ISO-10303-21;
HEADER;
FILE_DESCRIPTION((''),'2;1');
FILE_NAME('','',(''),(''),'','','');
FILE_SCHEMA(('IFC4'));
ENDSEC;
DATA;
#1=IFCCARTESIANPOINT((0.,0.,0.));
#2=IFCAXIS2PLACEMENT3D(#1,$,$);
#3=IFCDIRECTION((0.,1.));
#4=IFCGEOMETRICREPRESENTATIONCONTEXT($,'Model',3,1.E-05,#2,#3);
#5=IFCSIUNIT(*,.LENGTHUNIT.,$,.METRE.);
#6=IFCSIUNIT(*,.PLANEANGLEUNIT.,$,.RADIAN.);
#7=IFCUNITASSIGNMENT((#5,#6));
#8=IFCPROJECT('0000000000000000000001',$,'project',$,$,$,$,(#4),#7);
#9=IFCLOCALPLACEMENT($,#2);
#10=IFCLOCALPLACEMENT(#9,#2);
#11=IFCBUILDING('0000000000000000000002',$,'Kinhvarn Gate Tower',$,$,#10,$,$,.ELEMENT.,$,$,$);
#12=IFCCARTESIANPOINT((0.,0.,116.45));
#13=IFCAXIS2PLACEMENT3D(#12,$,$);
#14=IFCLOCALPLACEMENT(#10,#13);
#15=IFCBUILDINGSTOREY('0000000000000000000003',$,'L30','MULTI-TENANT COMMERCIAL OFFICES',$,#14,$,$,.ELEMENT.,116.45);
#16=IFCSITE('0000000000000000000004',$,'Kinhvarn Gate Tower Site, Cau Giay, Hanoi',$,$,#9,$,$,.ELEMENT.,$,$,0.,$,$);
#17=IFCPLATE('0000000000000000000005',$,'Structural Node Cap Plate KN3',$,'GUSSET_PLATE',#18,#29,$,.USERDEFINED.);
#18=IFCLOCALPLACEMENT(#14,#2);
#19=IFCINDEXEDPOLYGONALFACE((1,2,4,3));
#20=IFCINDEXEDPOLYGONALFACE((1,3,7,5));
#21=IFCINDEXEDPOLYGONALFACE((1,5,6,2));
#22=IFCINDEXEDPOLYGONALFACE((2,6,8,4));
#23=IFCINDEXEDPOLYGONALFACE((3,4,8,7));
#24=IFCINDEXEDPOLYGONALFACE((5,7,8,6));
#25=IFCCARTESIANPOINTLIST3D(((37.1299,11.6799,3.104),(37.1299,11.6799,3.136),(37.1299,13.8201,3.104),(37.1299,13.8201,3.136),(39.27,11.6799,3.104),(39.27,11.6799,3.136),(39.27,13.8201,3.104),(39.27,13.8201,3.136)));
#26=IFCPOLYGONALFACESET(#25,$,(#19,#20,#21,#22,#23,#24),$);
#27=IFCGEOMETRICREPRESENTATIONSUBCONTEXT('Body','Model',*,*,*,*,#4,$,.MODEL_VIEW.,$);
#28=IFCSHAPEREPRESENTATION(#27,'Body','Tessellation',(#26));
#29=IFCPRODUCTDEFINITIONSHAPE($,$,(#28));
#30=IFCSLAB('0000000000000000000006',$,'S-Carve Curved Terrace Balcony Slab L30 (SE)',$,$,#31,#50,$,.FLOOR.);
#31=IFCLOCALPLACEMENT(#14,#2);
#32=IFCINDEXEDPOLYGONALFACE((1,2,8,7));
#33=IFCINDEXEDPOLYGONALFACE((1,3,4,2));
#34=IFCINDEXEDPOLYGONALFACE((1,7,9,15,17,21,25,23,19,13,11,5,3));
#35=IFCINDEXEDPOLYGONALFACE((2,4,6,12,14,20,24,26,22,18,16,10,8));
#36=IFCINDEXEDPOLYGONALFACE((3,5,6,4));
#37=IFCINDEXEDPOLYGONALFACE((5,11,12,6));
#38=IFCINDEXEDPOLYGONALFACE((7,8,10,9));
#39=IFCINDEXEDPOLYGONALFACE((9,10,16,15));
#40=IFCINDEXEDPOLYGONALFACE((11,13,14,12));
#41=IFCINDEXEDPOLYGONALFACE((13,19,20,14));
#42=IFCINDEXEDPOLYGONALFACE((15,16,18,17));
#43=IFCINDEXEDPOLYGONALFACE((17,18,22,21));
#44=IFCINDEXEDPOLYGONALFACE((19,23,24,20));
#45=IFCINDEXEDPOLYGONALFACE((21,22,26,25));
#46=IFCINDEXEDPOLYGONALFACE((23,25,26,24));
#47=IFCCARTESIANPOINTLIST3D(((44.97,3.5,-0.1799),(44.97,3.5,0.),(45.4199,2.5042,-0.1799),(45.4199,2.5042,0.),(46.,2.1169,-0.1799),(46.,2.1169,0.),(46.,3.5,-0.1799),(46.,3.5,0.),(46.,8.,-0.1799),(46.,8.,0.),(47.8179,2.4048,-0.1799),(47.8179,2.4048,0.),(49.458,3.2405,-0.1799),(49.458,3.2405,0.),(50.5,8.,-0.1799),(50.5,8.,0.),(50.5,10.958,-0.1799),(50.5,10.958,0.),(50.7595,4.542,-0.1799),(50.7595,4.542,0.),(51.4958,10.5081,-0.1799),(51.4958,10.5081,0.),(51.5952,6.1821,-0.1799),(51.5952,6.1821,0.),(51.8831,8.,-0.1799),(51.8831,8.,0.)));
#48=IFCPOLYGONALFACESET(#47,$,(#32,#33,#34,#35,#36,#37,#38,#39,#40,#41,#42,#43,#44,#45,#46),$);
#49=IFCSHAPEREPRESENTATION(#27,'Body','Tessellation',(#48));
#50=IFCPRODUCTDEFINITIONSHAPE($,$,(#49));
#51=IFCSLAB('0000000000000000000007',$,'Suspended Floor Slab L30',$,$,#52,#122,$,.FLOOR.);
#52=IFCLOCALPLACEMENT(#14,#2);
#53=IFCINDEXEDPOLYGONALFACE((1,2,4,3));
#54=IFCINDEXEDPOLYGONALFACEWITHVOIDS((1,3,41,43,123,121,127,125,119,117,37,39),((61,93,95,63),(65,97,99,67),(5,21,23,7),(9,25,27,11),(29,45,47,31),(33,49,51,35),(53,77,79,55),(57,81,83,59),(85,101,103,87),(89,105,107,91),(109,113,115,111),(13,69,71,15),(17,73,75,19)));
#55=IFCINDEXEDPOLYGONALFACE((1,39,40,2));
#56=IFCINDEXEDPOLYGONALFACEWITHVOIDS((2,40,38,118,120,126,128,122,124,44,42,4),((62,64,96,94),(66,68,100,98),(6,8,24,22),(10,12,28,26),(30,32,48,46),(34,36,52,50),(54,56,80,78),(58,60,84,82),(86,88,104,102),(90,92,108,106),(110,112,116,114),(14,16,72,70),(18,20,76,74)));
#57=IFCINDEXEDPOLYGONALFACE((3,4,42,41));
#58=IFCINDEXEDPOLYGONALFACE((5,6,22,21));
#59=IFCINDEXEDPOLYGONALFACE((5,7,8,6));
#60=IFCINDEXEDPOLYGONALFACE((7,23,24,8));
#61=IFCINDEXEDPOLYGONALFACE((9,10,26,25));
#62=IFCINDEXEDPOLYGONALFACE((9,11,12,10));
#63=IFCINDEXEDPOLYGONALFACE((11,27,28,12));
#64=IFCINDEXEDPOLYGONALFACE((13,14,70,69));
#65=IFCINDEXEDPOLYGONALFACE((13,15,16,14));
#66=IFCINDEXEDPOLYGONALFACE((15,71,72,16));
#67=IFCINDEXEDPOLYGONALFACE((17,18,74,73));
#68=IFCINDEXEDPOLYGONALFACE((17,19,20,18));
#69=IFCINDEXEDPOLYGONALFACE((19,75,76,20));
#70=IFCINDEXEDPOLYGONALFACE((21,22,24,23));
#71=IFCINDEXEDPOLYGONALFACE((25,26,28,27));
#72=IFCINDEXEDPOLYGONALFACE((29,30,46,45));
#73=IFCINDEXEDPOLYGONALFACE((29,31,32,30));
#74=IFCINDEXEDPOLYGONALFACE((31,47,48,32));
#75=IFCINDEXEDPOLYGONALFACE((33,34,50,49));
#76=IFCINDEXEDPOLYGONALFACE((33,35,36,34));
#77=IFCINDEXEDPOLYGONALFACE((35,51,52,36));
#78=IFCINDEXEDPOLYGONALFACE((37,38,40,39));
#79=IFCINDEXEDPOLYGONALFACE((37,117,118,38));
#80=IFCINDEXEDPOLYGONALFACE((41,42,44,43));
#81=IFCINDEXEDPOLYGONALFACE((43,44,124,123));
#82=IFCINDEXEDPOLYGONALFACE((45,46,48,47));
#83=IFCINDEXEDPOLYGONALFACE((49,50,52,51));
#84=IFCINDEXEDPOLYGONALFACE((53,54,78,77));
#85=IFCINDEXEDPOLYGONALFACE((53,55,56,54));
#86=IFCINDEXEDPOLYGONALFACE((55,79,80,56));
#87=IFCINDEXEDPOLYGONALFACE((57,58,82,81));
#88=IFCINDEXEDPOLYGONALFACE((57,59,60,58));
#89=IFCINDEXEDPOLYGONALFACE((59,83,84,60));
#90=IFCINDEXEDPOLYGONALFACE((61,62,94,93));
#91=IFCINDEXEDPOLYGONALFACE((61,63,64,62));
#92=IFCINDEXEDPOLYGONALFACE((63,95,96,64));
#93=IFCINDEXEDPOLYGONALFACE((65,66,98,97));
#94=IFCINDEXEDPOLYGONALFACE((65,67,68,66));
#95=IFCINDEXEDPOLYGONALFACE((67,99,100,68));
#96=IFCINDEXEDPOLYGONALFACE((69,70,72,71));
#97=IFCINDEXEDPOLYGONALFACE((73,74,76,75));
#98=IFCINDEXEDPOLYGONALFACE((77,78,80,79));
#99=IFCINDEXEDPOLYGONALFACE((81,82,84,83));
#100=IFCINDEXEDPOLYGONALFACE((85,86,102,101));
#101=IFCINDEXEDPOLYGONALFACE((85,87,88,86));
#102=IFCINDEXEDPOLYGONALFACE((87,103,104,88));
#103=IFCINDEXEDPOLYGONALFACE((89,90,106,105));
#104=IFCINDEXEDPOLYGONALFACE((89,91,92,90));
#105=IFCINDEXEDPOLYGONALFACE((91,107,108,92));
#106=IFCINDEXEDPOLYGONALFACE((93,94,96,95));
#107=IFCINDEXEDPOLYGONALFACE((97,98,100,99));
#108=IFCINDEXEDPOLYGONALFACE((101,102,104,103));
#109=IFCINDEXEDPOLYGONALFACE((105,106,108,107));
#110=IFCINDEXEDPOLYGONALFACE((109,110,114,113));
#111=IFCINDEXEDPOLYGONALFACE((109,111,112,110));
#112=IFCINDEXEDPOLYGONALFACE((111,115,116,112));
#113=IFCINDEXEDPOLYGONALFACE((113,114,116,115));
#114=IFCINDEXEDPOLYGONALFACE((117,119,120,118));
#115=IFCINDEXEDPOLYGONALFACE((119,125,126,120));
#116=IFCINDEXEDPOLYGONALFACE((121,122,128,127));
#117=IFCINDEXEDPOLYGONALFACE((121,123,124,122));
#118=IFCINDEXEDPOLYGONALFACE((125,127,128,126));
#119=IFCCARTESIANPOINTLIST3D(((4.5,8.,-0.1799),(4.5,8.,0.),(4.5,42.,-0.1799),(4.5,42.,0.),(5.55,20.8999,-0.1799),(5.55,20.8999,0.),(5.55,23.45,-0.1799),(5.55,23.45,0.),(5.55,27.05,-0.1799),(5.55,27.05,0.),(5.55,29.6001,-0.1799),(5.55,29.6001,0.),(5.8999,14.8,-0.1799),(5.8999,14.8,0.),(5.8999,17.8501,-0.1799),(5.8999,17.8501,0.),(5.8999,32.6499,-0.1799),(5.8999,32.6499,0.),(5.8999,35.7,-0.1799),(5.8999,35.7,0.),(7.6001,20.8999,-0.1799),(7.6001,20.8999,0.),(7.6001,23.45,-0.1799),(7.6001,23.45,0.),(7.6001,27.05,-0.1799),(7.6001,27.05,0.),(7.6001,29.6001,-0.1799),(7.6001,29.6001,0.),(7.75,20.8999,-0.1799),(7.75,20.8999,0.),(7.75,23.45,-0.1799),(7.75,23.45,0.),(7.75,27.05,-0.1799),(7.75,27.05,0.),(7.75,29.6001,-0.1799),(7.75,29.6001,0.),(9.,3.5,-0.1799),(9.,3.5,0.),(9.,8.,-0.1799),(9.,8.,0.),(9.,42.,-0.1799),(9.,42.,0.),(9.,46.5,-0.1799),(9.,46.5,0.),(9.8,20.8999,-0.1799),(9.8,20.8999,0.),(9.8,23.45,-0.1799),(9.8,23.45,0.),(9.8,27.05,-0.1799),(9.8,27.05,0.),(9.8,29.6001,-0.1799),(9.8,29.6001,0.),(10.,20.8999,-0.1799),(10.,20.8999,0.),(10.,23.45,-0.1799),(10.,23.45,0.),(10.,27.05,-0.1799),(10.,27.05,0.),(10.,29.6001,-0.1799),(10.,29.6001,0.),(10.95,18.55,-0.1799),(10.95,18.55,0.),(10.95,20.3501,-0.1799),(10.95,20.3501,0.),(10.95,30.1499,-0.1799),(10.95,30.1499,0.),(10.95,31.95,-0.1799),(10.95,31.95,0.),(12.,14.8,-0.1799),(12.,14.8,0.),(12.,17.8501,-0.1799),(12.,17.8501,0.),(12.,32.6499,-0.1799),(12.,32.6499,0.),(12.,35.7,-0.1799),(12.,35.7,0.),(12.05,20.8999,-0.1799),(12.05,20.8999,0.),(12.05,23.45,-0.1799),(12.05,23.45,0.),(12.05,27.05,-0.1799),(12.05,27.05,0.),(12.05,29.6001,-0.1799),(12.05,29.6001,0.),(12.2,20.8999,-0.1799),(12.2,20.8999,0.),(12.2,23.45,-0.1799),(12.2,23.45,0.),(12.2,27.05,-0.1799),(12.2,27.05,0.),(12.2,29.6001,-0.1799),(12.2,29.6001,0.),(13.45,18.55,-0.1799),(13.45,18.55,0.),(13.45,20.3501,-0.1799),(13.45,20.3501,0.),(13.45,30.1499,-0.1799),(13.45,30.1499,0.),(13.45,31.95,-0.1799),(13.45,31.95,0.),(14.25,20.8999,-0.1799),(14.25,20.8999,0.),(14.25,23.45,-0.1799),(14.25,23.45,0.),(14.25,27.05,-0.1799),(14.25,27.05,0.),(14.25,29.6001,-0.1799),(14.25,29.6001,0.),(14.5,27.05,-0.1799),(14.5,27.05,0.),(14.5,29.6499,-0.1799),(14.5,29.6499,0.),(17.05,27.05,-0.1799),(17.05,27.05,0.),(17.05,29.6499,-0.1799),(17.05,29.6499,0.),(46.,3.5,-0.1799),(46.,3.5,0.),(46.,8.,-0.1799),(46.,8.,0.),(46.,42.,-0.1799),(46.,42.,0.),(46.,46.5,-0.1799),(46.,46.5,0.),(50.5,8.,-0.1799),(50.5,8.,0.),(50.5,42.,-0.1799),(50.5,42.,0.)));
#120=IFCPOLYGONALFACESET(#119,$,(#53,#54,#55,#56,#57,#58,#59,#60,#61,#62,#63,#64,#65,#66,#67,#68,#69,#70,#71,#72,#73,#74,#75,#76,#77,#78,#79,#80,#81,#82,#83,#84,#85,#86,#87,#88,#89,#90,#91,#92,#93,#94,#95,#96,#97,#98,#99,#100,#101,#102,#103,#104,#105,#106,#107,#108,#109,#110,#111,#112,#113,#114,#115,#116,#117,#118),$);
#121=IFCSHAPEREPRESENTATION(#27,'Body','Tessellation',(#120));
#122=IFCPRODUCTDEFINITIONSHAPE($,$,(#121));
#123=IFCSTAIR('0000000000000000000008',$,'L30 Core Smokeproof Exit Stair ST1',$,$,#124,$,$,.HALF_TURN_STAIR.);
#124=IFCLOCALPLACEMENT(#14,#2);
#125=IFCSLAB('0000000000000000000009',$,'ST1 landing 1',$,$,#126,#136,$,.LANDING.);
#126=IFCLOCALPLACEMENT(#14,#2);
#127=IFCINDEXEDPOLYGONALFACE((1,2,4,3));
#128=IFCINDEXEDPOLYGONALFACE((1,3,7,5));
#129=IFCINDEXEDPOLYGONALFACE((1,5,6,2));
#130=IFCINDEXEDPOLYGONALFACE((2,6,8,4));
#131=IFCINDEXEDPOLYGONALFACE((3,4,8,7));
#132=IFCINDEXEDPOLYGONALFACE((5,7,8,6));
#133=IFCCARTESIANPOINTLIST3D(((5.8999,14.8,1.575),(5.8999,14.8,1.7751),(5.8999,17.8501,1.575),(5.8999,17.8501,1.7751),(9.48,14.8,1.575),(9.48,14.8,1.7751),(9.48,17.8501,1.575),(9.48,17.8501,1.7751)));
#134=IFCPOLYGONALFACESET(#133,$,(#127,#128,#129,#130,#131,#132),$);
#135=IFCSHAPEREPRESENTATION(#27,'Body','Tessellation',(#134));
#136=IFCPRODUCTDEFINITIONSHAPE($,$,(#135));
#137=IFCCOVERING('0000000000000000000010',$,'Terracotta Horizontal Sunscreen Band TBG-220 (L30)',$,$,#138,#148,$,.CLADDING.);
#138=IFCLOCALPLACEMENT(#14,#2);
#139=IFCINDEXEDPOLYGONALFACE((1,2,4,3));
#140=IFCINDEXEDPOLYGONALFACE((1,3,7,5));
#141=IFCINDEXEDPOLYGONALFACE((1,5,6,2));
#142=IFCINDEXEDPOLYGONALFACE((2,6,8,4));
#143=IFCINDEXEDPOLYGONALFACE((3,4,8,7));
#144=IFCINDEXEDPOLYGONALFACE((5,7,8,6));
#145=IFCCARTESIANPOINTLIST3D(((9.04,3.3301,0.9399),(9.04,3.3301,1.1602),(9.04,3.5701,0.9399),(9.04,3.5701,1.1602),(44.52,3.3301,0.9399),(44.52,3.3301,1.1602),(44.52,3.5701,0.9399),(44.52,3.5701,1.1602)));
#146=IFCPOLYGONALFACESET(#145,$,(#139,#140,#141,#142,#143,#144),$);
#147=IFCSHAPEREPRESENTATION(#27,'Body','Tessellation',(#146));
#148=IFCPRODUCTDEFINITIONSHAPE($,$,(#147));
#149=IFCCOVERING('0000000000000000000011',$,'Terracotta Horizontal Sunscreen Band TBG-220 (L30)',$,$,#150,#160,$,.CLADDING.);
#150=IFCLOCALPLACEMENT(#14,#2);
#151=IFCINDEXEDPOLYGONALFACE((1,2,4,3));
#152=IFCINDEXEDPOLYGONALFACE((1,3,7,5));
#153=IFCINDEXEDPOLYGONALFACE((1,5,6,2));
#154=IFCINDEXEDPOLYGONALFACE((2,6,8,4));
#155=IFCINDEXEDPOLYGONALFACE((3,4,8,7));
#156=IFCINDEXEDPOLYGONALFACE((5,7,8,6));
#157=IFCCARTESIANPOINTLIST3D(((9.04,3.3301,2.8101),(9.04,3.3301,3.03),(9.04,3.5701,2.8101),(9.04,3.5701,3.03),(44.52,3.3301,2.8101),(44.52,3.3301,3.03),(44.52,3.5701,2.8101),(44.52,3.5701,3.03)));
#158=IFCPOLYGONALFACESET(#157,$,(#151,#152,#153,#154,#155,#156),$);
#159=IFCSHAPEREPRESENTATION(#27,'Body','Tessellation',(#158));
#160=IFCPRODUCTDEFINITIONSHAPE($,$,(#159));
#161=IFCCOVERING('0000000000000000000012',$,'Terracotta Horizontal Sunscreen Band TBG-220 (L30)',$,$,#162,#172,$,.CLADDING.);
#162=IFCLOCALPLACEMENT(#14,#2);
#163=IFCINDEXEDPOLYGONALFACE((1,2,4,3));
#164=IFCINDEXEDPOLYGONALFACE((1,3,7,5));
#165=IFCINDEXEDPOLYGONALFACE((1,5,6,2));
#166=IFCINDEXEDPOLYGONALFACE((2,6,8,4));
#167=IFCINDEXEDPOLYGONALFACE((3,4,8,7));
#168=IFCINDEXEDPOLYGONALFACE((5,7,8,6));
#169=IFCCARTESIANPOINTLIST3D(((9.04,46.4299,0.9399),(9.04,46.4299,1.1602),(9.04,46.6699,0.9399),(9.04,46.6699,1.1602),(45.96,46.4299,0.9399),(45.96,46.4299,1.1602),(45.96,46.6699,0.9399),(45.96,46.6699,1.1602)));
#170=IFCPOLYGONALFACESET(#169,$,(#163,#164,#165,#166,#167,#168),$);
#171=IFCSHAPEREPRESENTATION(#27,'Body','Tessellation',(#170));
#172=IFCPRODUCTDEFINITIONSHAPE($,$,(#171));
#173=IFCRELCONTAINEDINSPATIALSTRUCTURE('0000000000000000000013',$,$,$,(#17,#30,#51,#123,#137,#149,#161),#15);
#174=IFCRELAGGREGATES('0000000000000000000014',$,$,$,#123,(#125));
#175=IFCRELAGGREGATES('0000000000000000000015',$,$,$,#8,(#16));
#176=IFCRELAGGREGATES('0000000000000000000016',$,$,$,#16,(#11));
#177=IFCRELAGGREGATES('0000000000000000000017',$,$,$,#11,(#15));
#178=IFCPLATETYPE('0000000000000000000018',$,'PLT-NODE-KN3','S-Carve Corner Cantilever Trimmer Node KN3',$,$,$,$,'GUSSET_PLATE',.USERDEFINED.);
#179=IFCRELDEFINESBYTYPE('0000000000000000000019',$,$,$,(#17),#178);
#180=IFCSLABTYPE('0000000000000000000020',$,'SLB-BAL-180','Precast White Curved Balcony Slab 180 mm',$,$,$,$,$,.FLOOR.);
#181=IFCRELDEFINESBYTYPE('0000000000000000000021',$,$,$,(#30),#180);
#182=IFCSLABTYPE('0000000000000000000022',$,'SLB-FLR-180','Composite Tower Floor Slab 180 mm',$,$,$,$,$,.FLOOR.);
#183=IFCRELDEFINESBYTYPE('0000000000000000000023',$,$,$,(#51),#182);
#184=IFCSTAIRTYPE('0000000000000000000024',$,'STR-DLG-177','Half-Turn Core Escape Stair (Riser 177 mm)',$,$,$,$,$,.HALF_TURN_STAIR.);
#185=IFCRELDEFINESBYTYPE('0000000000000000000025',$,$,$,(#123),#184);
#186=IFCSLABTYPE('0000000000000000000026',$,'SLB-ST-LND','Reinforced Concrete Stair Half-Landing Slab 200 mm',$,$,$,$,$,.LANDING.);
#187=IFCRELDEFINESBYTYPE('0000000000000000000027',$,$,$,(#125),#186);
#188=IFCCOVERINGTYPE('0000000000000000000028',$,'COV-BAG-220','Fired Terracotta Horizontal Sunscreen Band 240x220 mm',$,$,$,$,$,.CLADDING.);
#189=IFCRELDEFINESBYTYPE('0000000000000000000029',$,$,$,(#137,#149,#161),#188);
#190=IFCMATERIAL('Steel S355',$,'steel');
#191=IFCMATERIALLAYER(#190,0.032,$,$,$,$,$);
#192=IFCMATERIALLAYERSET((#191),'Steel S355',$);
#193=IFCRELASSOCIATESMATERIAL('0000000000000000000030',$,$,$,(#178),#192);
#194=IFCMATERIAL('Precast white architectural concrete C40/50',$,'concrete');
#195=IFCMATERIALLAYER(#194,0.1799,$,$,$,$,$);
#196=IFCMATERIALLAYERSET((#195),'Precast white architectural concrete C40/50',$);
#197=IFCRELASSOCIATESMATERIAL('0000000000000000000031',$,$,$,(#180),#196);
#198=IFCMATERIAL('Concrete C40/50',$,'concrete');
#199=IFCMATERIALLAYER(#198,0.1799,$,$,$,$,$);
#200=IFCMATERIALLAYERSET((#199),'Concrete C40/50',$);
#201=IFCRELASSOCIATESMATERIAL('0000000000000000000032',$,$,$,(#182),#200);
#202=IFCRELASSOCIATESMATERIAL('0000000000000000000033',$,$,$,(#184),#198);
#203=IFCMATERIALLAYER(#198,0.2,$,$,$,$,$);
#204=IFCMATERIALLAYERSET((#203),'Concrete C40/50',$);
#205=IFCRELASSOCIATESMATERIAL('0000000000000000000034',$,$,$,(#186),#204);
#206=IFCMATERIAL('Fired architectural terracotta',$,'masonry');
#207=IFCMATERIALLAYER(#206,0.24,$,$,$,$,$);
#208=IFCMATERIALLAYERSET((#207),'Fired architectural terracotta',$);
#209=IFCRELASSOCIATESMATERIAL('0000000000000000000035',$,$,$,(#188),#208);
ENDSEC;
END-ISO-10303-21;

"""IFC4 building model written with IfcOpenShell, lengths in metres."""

from ifc_helpers import new_model, si_unit, direction, frame, origin, place, context, subcontext, project, spatial, polyline, outline, extrude, material, layer, layer_set, type_object, element, aggregate, save


model = new_model("IFC4")

# Units and contexts
model_context = context("Model", 3, precision=1e-05, world=origin(), true_north=direction((0.0, 1.0)))
body_context = subcontext(model_context, "Body", "Model", "MODEL_VIEW")
ifc_project = project(units=[si_unit("LENGTHUNIT", "METRE"), si_unit("PLANEANGLEUNIT", "RADIAN")], contexts=[model_context])

# Site, building, storey
site_placement = place(None, origin())
site = spatial("IfcSite", under=ifc_project, at=site_placement, Name="Kinhvarn Gate Tower Site, Cau Giay, Hanoi", CompositionType="ELEMENT", RefElevation=0.0)
building_placement = place(site_placement, origin())
building = spatial("IfcBuilding", under=site, at=building_placement, Name="Kinhvarn Gate Tower", CompositionType="ELEMENT")
storey_placement = place(building_placement, frame((0.0, 0.0, 116.45)))
storey = spatial("IfcBuildingStorey", under=building, at=storey_placement, Name="L30", Description="MULTI-TENANT COMMERCIAL OFFICES", CompositionType="ELEMENT", Elevation=116.45)

# Plate
ifc_material_1 = material(Name="Steel S355", Category="steel")
ifc_layer_1 = layer(ifc_material_1, 0.032)
ifc_layer_set_1 = layer_set([ifc_layer_1], Name="Steel S355")
plate_type = type_object("IfcPlateType", Name="PLT-NODE-KN3", Description="S-Carve Corner Cantilever Trimmer Node KN3", ElementType="GUSSET_PLATE", PredefinedType="USERDEFINED", material=ifc_layer_set_1)
plate_placement = place(storey_placement, frame((0.0, 0.0, 3.104)))
element("IfcPlate", 1, at=plate_placement, inside=storey, type_object=plate_type, Name="Structural Node Cap Plate KN3", ObjectType="GUSSET_PLATE", PredefinedType="USERDEFINED", context=body_context, shape_type="SweptSolid", body=[
    extrude(outline(polyline([(37.1299, 11.6799), (39.27, 11.6799), (39.27, 13.8201), (37.1299, 13.8201), (37.1299, 11.6799)])), origin(), (0.0, 0.0, 1.0), 0.032),
])

# Slabs
ifc_material_2 = material(Name="Precast white architectural concrete C40/50", Category="concrete")
ifc_layer_2 = layer(ifc_material_2, 0.1799)
ifc_layer_set_2 = layer_set([ifc_layer_2], Name="Precast white architectural concrete C40/50")
slab_type_1 = type_object("IfcSlabType", Name="SLB-BAL-180", Description="Precast White Curved Balcony Slab 180 mm", PredefinedType="FLOOR", material=ifc_layer_set_2)
slab_1_placement = place(storey_placement, frame((0.0, 0.0, -0.1799)))
element("IfcSlab", 2, at=slab_1_placement, inside=storey, type_object=slab_type_1, Name="S-Carve Curved Terrace Balcony Slab L30 (SE)", PredefinedType="FLOOR", context=body_context, shape_type="SweptSolid", body=[
    extrude(outline(polyline([(44.97, 3.5), (45.4199, 2.5042), (46.0, 2.1169), (47.8179, 2.4048), (49.458, 3.2405), (50.7595, 4.542), (51.5952, 6.1821), (51.8831, 8.0), (51.4958, 10.5081), (50.5, 10.958), (50.5, 8.0), (46.0, 8.0), (46.0, 3.5), (44.97, 3.5)])), origin(), (0.0, 0.0, 1.0), 0.1799),
])
ifc_material_3 = material(Name="Concrete C40/50", Category="concrete")
ifc_layer_3 = layer(ifc_material_3, 0.1799)
ifc_layer_set_3 = layer_set([ifc_layer_3], Name="Concrete C40/50")
slab_type_2 = type_object("IfcSlabType", Name="SLB-FLR-180", Description="Composite Tower Floor Slab 180 mm", PredefinedType="FLOOR", material=ifc_layer_set_3)
slab_2_placement = place(storey_placement, frame((0.0, 0.0, -0.1799)))
element("IfcSlab", 3, at=slab_2_placement, inside=storey, type_object=slab_type_2, Name="Suspended Floor Slab L30", PredefinedType="FLOOR", context=body_context, shape_type="SweptSolid", body=[
    extrude(outline(polyline([(9.0, 3.5), (46.0, 3.5), (46.0, 8.0), (50.5, 8.0), (50.5, 42.0), (46.0, 42.0), (46.0, 46.5), (9.0, 46.5), (9.0, 42.0), (4.5, 42.0), (4.5, 8.0), (9.0, 8.0), (9.0, 3.5)]), holes=[polyline([(5.8999, 14.8), (12.0, 14.8), (12.0, 17.8501), (5.8999, 17.8501), (5.8999, 14.8)]), polyline([(5.8999, 32.6499), (12.0, 32.6499), (12.0, 35.7), (5.8999, 35.7), (5.8999, 32.6499)]), polyline([(5.55, 20.8999), (7.6001, 20.8999), (7.6001, 23.45), (5.55, 23.45), (5.55, 20.8999)]), polyline([(7.75, 20.8999), (9.8, 20.8999), (9.8, 23.45), (7.75, 23.45), (7.75, 20.8999)]), polyline([(5.55, 27.05), (7.6001, 27.05), (7.6001, 29.6001), (5.55, 29.6001), (5.55, 27.05)]), polyline([(7.75, 27.05), (9.8, 27.05), (9.8, 29.6001), (7.75, 29.6001), (7.75, 27.05)]), polyline([(10.0, 20.8999), (12.05, 20.8999), (12.05, 23.45), (10.0, 23.45), (10.0, 20.8999)]), polyline([(12.2, 20.8999), (14.25, 20.8999), (14.25, 23.45), (12.2, 23.45), (12.2, 20.8999)]), polyline([(10.0, 27.05), (12.05, 27.05), (12.05, 29.6001), (10.0, 29.6001), (10.0, 27.05)]), polyline([(12.2, 27.05), (14.25, 27.05), (14.25, 29.6001), (12.2, 29.6001), (12.2, 27.05)]), polyline([(14.5, 27.05), (17.05, 27.05), (17.05, 29.6499), (14.5, 29.6499), (14.5, 27.05)]), polyline([(10.95, 18.55), (13.45, 18.55), (13.45, 20.3501), (10.95, 20.3501), (10.95, 18.55)]), polyline([(10.95, 30.1499), (13.45, 30.1499), (13.45, 31.95), (10.95, 31.95), (10.95, 30.1499)])]), origin(), (0.0, 0.0, 1.0), 0.1799),
])

# Stair, slab
stair_type = type_object("IfcStairType", Name="STR-DLG-177", Description="Half-Turn Core Escape Stair (Riser 177 mm)", PredefinedType="HALF_TURN_STAIR", material=ifc_material_3)
stair_placement = place(storey_placement, origin())
stair = element("IfcStair", 4, at=stair_placement, inside=storey, type_object=stair_type, Name="L30 Core Smokeproof Exit Stair ST1", PredefinedType="HALF_TURN_STAIR")
ifc_layer_4 = layer(ifc_material_3, 0.2)
ifc_layer_set_4 = layer_set([ifc_layer_4], Name="Concrete C40/50")
slab_type_3 = type_object("IfcSlabType", Name="SLB-ST-LND", Description="Reinforced Concrete Stair Half-Landing Slab 200 mm", PredefinedType="LANDING", material=ifc_layer_set_4)
slab_3_placement = place(storey_placement, frame((0.0, 0.0, 1.575)))
slab_3 = element("IfcSlab", 5, at=slab_3_placement, type_object=slab_type_3, Name="ST1 landing 1", PredefinedType="LANDING", context=body_context, shape_type="SweptSolid", body=[
    extrude(outline(polyline([(9.48, 17.8501), (5.8999, 17.8501), (5.8999, 14.8), (9.48, 14.8), (9.48, 17.8501)])), origin(), (0.0, 0.0, 1.0), 0.2002),
])
aggregate(stair, [slab_3])

# Coverings
ifc_material_4 = material(Name="Fired architectural terracotta", Category="masonry")
ifc_layer_5 = layer(ifc_material_4, 0.24)
ifc_layer_set_5 = layer_set([ifc_layer_5], Name="Fired architectural terracotta")
covering_type_1 = type_object("IfcCoveringType", Name="COV-BAG-220", Description="Fired Terracotta Horizontal Sunscreen Band 240x220 mm", PredefinedType="CLADDING", material=ifc_layer_set_5)
covering_1_placement = place(storey_placement, frame((0.0, 0.0, 0.9399)))
element("IfcCovering", 6, at=covering_1_placement, inside=storey, type_object=covering_type_1, Name="Terracotta Horizontal Sunscreen Band TBG-220 (L30)", PredefinedType="CLADDING", context=body_context, shape_type="SweptSolid", body=[
    extrude(outline(polyline([(9.04, 3.5701), (44.52, 3.5701), (44.52, 3.3301), (9.04, 3.3301), (9.04, 3.5701)])), origin(), (0.0, 0.0, 1.0), 0.2202),
])
covering_2_placement = place(storey_placement, frame((0.0, 0.0, 2.8101)))
element("IfcCovering", 7, at=covering_2_placement, inside=storey, type_object=covering_type_1, Name="Terracotta Horizontal Sunscreen Band TBG-220 (L30)", PredefinedType="CLADDING", context=body_context, shape_type="SweptSolid", body=[
    extrude(outline(polyline([(9.04, 3.5701), (44.52, 3.5701), (44.52, 3.3301), (9.04, 3.3301), (9.04, 3.5701)])), origin(), (0.0, 0.0, 1.0), 0.22),
])
covering_3_placement = place(storey_placement, frame((0.0, 0.0, 0.9399)))
element("IfcCovering", 8, at=covering_3_placement, inside=storey, type_object=covering_type_1, Name="Terracotta Horizontal Sunscreen Band TBG-220 (L30)", PredefinedType="CLADDING", context=body_context, shape_type="SweptSolid", body=[
    extrude(outline(polyline([(45.96, 46.4299), (9.04, 46.4299), (9.04, 46.6699), (45.96, 46.6699), (45.96, 46.4299)])), origin(), (0.0, 0.0, 1.0), 0.2202),
])

save(model, "model.ifc")
